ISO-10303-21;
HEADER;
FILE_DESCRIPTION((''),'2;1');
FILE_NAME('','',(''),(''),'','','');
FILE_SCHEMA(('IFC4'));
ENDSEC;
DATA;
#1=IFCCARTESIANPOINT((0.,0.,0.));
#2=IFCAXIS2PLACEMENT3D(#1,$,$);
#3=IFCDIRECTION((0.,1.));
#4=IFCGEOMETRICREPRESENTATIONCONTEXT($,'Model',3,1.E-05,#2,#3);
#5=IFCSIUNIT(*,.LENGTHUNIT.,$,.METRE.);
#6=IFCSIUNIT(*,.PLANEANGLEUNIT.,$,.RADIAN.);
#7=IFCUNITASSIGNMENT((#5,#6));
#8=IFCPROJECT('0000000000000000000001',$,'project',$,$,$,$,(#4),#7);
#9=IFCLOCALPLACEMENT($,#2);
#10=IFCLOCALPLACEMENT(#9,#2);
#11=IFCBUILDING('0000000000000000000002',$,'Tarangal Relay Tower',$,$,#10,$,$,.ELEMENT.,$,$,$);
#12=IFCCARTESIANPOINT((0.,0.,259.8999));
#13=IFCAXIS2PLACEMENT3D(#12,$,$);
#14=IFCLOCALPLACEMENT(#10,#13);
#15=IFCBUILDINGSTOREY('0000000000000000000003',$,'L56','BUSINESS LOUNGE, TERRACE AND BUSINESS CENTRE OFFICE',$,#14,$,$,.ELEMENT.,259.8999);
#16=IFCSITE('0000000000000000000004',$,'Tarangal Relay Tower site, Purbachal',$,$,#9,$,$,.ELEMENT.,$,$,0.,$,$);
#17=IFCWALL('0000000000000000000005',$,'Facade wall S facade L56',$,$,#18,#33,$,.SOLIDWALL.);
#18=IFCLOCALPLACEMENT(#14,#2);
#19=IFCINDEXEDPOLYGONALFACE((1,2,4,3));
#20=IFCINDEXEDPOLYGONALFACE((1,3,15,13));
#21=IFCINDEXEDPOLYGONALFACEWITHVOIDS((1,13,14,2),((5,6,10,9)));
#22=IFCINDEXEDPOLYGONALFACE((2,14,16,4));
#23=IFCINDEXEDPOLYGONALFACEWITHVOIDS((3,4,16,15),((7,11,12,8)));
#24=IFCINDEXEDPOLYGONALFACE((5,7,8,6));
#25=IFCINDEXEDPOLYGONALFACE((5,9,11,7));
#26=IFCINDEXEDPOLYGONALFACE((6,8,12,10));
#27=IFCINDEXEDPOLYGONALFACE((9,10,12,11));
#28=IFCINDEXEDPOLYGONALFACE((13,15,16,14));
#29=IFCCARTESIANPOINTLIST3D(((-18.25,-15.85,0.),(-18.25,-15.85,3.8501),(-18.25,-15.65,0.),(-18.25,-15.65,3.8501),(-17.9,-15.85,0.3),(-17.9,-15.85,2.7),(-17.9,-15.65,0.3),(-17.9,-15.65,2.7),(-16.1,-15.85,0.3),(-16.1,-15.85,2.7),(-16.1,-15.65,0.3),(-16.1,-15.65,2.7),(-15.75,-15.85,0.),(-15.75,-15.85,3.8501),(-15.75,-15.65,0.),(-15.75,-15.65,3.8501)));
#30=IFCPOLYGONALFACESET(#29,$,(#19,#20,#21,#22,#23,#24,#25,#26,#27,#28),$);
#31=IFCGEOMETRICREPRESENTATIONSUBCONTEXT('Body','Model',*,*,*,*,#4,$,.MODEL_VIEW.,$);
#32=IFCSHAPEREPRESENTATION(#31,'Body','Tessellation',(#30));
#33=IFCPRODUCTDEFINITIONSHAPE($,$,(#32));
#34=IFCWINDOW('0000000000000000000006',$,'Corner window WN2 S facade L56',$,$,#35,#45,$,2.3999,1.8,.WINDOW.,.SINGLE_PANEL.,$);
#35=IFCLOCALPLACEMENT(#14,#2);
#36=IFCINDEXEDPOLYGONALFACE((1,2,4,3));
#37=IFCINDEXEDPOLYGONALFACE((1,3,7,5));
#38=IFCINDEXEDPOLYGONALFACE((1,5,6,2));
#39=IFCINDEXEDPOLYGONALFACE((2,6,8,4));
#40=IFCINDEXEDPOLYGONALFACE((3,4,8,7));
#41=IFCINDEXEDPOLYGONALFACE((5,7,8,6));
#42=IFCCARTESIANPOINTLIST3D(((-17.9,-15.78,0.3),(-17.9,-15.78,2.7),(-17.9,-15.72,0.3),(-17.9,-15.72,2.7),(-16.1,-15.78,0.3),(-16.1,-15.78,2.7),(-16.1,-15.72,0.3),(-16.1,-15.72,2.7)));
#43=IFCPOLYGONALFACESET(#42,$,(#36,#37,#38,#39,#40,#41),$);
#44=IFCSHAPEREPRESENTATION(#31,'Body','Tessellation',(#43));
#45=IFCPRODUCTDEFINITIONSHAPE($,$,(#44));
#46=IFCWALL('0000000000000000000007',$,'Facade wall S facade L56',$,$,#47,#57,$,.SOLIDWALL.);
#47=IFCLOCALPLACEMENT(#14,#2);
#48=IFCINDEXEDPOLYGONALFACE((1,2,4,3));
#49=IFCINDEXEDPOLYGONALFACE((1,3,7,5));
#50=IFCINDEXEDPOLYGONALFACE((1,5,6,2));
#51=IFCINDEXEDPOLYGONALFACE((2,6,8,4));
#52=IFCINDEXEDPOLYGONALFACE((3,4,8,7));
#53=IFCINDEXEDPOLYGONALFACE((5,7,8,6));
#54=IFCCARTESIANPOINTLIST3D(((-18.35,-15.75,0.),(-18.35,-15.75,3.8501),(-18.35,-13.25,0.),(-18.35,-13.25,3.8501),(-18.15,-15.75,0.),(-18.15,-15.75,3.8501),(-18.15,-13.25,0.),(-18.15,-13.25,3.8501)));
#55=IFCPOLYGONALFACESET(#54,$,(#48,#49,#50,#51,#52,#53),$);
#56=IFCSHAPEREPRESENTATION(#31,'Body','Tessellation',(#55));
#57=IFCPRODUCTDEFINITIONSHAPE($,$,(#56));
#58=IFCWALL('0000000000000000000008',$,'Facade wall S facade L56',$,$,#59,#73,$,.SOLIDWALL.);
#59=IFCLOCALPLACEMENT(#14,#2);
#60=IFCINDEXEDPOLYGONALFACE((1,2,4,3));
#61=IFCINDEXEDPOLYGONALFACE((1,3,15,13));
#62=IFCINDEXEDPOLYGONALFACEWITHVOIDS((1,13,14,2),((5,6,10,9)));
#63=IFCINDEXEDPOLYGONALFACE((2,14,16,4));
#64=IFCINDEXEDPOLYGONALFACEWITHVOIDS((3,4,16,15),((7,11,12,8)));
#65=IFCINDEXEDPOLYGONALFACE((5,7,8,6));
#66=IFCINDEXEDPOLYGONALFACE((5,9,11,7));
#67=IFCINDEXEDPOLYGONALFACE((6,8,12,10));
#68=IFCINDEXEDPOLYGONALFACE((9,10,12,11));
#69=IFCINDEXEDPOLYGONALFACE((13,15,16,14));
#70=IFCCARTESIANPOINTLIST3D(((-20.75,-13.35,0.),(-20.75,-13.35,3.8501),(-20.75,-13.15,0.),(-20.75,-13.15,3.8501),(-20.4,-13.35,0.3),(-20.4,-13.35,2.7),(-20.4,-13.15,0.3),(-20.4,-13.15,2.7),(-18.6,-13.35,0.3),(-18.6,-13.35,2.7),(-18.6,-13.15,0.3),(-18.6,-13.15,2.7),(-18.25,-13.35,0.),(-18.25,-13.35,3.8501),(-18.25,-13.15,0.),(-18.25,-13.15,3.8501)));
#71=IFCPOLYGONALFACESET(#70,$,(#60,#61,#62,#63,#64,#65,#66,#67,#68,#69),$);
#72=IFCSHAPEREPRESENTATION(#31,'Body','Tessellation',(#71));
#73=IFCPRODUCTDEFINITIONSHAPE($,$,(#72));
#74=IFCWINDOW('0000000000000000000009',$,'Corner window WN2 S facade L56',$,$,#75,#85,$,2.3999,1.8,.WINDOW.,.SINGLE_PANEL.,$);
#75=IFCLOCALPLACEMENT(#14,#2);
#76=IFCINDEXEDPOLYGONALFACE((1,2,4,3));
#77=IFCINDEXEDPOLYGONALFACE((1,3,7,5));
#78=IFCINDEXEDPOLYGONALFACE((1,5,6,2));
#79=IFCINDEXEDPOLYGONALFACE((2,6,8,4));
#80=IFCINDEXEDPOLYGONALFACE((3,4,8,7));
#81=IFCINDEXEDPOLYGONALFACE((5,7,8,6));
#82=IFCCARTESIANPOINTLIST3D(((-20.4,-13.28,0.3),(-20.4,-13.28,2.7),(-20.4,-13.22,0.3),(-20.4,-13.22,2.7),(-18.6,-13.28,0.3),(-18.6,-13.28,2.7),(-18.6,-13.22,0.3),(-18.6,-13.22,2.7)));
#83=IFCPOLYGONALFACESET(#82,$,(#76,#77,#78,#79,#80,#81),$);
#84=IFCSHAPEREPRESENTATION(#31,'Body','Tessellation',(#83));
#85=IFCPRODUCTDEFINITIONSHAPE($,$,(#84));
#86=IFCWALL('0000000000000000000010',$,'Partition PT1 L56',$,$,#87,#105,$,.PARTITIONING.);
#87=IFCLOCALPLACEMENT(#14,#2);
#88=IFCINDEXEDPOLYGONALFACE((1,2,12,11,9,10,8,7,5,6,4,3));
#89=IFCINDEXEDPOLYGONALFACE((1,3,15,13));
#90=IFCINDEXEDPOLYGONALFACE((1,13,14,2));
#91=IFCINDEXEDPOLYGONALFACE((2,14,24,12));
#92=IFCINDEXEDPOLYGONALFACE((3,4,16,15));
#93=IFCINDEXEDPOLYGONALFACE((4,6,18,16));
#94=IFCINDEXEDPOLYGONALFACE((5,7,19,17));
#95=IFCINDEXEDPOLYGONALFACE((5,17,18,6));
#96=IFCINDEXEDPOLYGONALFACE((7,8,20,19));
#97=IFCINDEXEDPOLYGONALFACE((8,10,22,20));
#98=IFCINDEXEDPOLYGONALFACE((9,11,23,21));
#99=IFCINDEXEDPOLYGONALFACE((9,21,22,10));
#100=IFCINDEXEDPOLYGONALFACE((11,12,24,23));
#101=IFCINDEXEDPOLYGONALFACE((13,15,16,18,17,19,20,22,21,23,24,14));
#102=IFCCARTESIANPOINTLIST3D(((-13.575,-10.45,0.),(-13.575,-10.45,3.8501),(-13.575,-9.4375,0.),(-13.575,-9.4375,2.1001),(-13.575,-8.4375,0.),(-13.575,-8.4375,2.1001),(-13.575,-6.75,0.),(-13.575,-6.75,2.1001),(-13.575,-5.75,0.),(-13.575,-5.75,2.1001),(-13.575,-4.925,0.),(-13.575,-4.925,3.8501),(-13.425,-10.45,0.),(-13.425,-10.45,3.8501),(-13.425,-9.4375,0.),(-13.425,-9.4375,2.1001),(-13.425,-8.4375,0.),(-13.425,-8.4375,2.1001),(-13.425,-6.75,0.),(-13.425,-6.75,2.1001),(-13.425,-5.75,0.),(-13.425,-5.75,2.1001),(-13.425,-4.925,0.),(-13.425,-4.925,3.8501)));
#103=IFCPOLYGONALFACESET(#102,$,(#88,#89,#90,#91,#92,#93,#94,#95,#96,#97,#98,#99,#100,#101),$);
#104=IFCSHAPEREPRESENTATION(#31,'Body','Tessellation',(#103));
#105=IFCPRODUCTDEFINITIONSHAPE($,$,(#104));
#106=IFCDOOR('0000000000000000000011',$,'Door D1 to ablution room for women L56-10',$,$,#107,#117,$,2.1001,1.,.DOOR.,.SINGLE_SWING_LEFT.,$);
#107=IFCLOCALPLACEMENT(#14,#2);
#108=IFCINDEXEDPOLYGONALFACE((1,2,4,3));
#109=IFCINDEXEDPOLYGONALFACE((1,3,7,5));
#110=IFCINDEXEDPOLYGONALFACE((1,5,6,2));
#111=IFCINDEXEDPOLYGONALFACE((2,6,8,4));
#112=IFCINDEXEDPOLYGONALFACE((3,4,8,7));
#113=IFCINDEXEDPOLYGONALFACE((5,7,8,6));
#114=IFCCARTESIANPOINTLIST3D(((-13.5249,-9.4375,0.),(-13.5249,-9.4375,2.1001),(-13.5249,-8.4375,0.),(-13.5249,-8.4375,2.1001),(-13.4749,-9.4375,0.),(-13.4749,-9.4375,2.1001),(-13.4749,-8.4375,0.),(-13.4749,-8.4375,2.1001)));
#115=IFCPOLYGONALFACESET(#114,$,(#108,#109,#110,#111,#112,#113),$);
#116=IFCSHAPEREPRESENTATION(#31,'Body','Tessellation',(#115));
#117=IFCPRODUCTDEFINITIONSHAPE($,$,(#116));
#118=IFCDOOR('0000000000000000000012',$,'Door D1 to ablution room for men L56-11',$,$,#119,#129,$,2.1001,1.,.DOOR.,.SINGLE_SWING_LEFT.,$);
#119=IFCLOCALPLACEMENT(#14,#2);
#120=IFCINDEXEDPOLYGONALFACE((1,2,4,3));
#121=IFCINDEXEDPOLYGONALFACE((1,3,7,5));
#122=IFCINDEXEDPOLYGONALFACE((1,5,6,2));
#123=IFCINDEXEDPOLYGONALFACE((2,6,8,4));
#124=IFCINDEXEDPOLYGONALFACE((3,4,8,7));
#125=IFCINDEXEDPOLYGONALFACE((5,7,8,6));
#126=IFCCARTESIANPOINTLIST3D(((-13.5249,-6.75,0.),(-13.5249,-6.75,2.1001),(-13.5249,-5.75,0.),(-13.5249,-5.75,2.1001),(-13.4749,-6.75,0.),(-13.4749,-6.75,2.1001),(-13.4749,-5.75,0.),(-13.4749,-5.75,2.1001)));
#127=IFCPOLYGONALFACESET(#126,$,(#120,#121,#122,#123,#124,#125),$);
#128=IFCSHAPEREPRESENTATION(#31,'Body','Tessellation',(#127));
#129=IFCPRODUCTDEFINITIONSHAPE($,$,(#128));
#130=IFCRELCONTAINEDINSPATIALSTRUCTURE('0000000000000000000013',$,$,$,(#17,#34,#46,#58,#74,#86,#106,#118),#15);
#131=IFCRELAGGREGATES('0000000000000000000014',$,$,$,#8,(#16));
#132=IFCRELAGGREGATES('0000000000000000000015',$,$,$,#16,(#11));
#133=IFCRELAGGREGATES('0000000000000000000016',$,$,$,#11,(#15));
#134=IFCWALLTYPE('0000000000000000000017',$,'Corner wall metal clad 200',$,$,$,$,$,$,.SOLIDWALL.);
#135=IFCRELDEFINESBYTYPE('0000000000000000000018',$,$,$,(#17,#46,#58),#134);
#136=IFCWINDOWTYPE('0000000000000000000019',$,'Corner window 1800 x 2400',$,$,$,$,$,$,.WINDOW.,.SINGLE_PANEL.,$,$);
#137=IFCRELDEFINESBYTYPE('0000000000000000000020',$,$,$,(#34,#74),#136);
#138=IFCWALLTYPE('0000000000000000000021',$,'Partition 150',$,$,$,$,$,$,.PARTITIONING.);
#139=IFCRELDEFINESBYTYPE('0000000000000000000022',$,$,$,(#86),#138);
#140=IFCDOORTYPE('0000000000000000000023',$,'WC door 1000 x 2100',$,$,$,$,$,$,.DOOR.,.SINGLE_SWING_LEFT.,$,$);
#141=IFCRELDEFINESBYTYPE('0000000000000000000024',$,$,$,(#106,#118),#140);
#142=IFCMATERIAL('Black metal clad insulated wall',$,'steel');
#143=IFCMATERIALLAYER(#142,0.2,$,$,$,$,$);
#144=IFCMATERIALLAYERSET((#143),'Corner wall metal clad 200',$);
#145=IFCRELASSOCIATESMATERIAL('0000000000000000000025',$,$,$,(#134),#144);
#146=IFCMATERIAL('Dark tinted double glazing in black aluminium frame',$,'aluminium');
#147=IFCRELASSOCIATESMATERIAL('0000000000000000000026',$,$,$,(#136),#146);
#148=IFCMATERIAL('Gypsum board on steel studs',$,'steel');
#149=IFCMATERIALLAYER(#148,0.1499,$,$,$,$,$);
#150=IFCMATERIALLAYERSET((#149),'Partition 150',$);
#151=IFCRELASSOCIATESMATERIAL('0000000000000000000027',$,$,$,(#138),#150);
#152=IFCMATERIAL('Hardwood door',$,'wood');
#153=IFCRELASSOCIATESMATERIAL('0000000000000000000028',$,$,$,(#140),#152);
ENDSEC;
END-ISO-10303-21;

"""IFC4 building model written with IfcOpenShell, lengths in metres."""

from ifc_helpers import new_model, si_unit, direction, frame, frame_2d, origin, place, context, subcontext, project, spatial, rectangle, extrude, material, layer, layer_set, type_object, element, fill, save


model = new_model("IFC4")

# Units and contexts
model_context = context("Model", 3, precision=1e-05, world=origin(), true_north=direction((0.0, 1.0)))
body_context = subcontext(model_context, "Body", "Model", "MODEL_VIEW")
ifc_project = project(units=[si_unit("LENGTHUNIT", "METRE"), si_unit("PLANEANGLEUNIT", "RADIAN")], contexts=[model_context])

# Site, building, storey
site_placement = place(None, origin())
site = spatial("IfcSite", under=ifc_project, at=site_placement, Name="Tarangal Relay Tower site, Purbachal", CompositionType="ELEMENT", RefElevation=0.0)
building_placement = place(site_placement, origin())
building = spatial("IfcBuilding", under=site, at=building_placement, Name="Tarangal Relay Tower", CompositionType="ELEMENT")
storey_placement = place(building_placement, frame((0.0, 0.0, 259.8999)))
storey = spatial("IfcBuildingStorey", under=building, at=storey_placement, Name="L56", Description="BUSINESS LOUNGE, TERRACE AND BUSINESS CENTRE OFFICE", CompositionType="ELEMENT", Elevation=259.8999)

# Shared definitions
ifc_material_1 = material(Name="Hardwood door", Category="wood")

# Shared definitions
ifc_material_2 = material(Name="Black metal clad insulated wall", Category="steel")
ifc_layer_1 = layer(ifc_material_2, 0.2)
ifc_layer_set_1 = layer_set([ifc_layer_1], Name="Corner wall metal clad 200")
wall_type_1 = type_object("IfcWallType", Name="Corner wall metal clad 200", PredefinedType="SOLIDWALL", material=ifc_layer_set_1)

# Shared definitions
ifc_material_3 = material(Name="Dark tinted double glazing in black aluminium frame", Category="aluminium")
window_type = type_object("IfcWindowType", Name="Corner window 1800 x 2400", PartitioningType="SINGLE_PANEL", PredefinedType="WINDOW", material=ifc_material_3)

# Wall, opening, window
wall_1_placement = place(storey_placement, frame((-15.75, -15.75, 0.0), z_axis=(0.0, 0.0, 1.0), x_axis=(-1.0, 0.0, 0.0)))
wall_1 = element("IfcWall", 1, at=wall_1_placement, inside=storey, type_object=wall_type_1, Name="Facade wall S facade L56", PredefinedType="SOLIDWALL", context=body_context, shape_type="SweptSolid", body=[
    extrude(rectangle(XDim=2.5, YDim=0.2, at=frame_2d((1.25, 0.0))), origin(), (0.0, 0.0, 1.0), 3.8501),
])
opening_1_placement = place(wall_1_placement, frame((0.3501, 0.0, 0.3)))
opening_1 = element("IfcOpeningElement", 2, at=opening_1_placement, cuts=wall_1, PredefinedType="OPENING", context=body_context, shape_type="SweptSolid", body=[
    extrude(rectangle(XDim=1.8, YDim=2.3999, at=frame_2d((0.8999, 1.2))), frame((0.0, 0.1099, 0.0), z_axis=(0.0, -1.0, 0.0), x_axis=(1.0, 0.0, 0.0)), (0.0, 0.0, 1.0), 0.22),
])
window_1_placement = place(opening_1_placement, origin())
window_1 = element("IfcWindow", 3, at=window_1_placement, inside=storey, type_object=window_type, Name="Corner window WN2 S facade L56", OverallHeight=2.3999, OverallWidth=1.8, PartitioningType="SINGLE_PANEL", PredefinedType="WINDOW", context=body_context, shape_type="SweptSolid", body=[
    extrude(rectangle(XDim=1.8, YDim=2.3999, at=frame_2d((0.8999, 1.2))), frame((0.0, 0.03, 0.0), z_axis=(0.0, -1.0, 0.0), x_axis=(1.0, 0.0, 0.0)), (0.0, 0.0, 1.0), 0.0601),
])
fill(opening_1, window_1)

# Wall
wall_2_placement = place(storey_placement, frame((-18.25, -15.75, 0.0), z_axis=(0.0, 0.0, 1.0), x_axis=(0.0, 1.0, 0.0)))
element("IfcWall", 4, at=wall_2_placement, inside=storey, type_object=wall_type_1, Name="Facade wall S facade L56", PredefinedType="SOLIDWALL", context=body_context, shape_type="SweptSolid", body=[
    extrude(rectangle(XDim=2.5, YDim=0.2, at=frame_2d((1.25, 0.0))), origin(), (0.0, 0.0, 1.0), 3.8501),
])

# Wall, opening, window
wall_3_placement = place(storey_placement, frame((-18.25, -13.25, 0.0), z_axis=(0.0, 0.0, 1.0), x_axis=(-1.0, 0.0, 0.0)))
wall_3 = element("IfcWall", 5, at=wall_3_placement, inside=storey, type_object=wall_type_1, Name="Facade wall S facade L56", PredefinedType="SOLIDWALL", context=body_context, shape_type="SweptSolid", body=[
    extrude(rectangle(XDim=2.5, YDim=0.2, at=frame_2d((1.25, 0.0))), origin(), (0.0, 0.0, 1.0), 3.8501),
])
opening_2_placement = place(wall_3_placement, frame((0.3501, 0.0, 0.3)))
opening_2 = element("IfcOpeningElement", 6, at=opening_2_placement, cuts=wall_3, PredefinedType="OPENING", context=body_context, shape_type="SweptSolid", body=[
    extrude(rectangle(XDim=1.8, YDim=2.3999, at=frame_2d((0.8999, 1.2))), frame((0.0, 0.1099, 0.0), z_axis=(0.0, -1.0, 0.0), x_axis=(1.0, 0.0, 0.0)), (0.0, 0.0, 1.0), 0.22),
])
window_2_placement = place(opening_2_placement, origin())
window_2 = element("IfcWindow", 7, at=window_2_placement, inside=storey, type_object=window_type, Name="Corner window WN2 S facade L56", OverallHeight=2.3999, OverallWidth=1.8, PartitioningType="SINGLE_PANEL", PredefinedType="WINDOW", context=body_context, shape_type="SweptSolid", body=[
    extrude(rectangle(XDim=1.8, YDim=2.3999, at=frame_2d((0.8999, 1.2))), frame((0.0, 0.03, 0.0), z_axis=(0.0, -1.0, 0.0), x_axis=(1.0, 0.0, 0.0)), (0.0, 0.0, 1.0), 0.0601),
])
fill(opening_2, window_2)

# Wall, openings, doors
ifc_material_4 = material(Name="Gypsum board on steel studs", Category="steel")
ifc_layer_2 = layer(ifc_material_4, 0.1499)
ifc_layer_set_2 = layer_set([ifc_layer_2], Name="Partition 150")
wall_type_2 = type_object("IfcWallType", Name="Partition 150", PredefinedType="PARTITIONING", material=ifc_layer_set_2)
wall_4_placement = place(storey_placement, frame((-13.5, -10.45, 0.0), z_axis=(0.0, 0.0, 1.0), x_axis=(0.0, 1.0, 0.0)))
wall_4 = element("IfcWall", 8, at=wall_4_placement, inside=storey, type_object=wall_type_2, Name="Partition PT1 L56", PredefinedType="PARTITIONING", context=body_context, shape_type="SweptSolid", body=[
    extrude(rectangle(XDim=5.5249, YDim=0.1499, at=frame_2d((2.7625, 0.0))), origin(), (0.0, 0.0, 1.0), 3.8501),
])
opening_3_placement = place(wall_4_placement, frame((1.0125, 0.0, 0.0)))
opening_3 = element("IfcOpeningElement", 9, at=opening_3_placement, cuts=wall_4, PredefinedType="OPENING", context=body_context, shape_type="SweptSolid", body=[
    extrude(rectangle(XDim=1.0, YDim=2.1001, at=frame_2d((0.5, 1.05))), frame((0.0, 0.085, 0.0), z_axis=(0.0, -1.0, 0.0), x_axis=(1.0, 0.0, 0.0)), (0.0, 0.0, 1.0), 0.1699),
])
opening_4_placement = place(wall_4_placement, frame((3.7, 0.0, 0.0)))
opening_4 = element("IfcOpeningElement", 10, at=opening_4_placement, cuts=wall_4, PredefinedType="OPENING", context=body_context, shape_type="SweptSolid", body=[
    extrude(rectangle(XDim=1.0, YDim=2.1001, at=frame_2d((0.5, 1.05))), frame((0.0, 0.085, 0.0), z_axis=(0.0, -1.0, 0.0), x_axis=(1.0, 0.0, 0.0)), (0.0, 0.0, 1.0), 0.1699),
])
door_type_1 = type_object("IfcDoorType", Name="WC door 1000 x 2100", OperationType="SINGLE_SWING_LEFT", PredefinedType="DOOR", material=ifc_material_1)
door_1_placement = place(opening_3_placement, origin())
door_1 = element("IfcDoor", 11, at=door_1_placement, inside=storey, type_object=door_type_1, Name="Door D1 to ablution room for women L56-10", OperationType="SINGLE_SWING_LEFT", OverallHeight=2.1001, OverallWidth=1.0, PredefinedType="DOOR", context=body_context, shape_type="SweptSolid", body=[
    extrude(rectangle(XDim=1.0, YDim=2.1001, at=frame_2d((0.5, 1.05))), frame((0.0, 0.0249, 0.0), z_axis=(0.0, -1.0, 0.0), x_axis=(1.0, 0.0, 0.0)), (0.0, 0.0, 1.0), 0.05),
])
fill(opening_3, door_1)
door_2_placement = place(opening_4_placement, origin())
door_2 = element("IfcDoor", 12, at=door_2_placement, inside=storey, type_object=door_type_1, Name="Door D1 to ablution room for men L56-11", OperationType="SINGLE_SWING_LEFT", OverallHeight=2.1001, OverallWidth=1.0, PredefinedType="DOOR", context=body_context, shape_type="SweptSolid", body=[
    extrude(rectangle(XDim=1.0, YDim=2.1001, at=frame_2d((0.5, 1.05))), frame((0.0, 0.0249, 0.0), z_axis=(0.0, -1.0, 0.0), x_axis=(1.0, 0.0, 0.0)), (0.0, 0.0, 1.0), 0.05),
])
fill(opening_4, door_2)

save(model, "model.ifc")
